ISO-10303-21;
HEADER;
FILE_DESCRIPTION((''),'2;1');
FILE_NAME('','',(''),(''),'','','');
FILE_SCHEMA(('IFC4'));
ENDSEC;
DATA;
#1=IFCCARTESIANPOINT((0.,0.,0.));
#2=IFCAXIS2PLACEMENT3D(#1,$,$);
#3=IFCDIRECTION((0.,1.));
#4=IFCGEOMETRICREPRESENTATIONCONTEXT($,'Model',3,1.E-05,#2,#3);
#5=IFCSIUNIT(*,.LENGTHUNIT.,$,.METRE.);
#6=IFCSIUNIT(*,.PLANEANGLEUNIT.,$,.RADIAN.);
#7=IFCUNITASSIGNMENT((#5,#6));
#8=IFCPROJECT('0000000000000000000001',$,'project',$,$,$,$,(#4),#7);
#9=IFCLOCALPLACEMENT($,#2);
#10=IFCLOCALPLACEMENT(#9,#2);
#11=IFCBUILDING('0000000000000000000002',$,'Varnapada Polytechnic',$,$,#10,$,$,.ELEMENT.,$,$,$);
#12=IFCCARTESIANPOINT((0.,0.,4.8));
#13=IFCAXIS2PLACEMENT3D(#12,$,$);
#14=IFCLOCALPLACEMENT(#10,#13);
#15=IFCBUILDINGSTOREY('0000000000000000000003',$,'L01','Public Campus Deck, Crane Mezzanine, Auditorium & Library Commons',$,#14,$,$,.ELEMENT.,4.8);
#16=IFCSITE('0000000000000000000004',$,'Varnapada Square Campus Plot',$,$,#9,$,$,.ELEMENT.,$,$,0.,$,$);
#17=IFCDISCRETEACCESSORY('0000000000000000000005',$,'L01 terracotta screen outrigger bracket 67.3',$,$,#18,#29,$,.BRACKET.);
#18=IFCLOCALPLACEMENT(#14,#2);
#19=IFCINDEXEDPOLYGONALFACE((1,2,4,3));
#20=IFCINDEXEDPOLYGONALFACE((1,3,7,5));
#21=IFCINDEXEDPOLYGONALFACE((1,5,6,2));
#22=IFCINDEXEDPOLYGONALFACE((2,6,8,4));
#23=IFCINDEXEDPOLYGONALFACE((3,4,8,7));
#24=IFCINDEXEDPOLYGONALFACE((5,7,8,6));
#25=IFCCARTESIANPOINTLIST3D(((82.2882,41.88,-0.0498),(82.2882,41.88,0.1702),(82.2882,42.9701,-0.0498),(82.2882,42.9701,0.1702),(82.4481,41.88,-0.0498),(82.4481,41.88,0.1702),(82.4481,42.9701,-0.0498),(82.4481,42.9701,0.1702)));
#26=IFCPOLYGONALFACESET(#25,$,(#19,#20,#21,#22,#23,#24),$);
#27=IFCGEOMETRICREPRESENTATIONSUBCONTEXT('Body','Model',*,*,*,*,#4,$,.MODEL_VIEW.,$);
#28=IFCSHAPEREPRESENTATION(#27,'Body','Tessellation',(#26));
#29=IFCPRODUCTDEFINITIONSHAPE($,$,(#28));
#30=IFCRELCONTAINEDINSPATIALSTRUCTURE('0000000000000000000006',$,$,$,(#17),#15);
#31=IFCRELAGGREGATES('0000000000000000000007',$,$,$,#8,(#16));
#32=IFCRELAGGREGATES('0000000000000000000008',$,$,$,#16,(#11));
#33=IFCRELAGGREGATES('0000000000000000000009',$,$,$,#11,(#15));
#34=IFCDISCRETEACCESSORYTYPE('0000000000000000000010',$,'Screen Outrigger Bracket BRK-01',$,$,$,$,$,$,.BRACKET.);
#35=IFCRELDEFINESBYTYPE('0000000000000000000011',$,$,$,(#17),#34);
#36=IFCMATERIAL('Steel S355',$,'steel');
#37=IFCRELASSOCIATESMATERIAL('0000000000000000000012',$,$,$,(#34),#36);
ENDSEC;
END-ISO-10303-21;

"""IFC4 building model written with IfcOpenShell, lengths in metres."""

from ifc_helpers import new_model, si_unit, direction, frame, origin, origin_2d, place, context, subcontext, project, spatial, rectangle, extrude, material, type_object, element, save


model = new_model("IFC4")

# Units and contexts
model_context = context("Model", 3, precision=1e-05, world=origin(), true_north=direction((0.0, 1.0)))
body_context = subcontext(model_context, "Body", "Model", "MODEL_VIEW")
ifc_project = project(units=[si_unit("LENGTHUNIT", "METRE"), si_unit("PLANEANGLEUNIT", "RADIAN")], contexts=[model_context])

# Site, building, storey
site_placement = place(None, origin())
site = spatial("IfcSite", under=ifc_project, at=site_placement, Name="Varnapada Square Campus Plot", CompositionType="ELEMENT", RefElevation=0.0)
building_placement = place(site_placement, origin())
building = spatial("IfcBuilding", under=site, at=building_placement, Name="Varnapada Polytechnic", CompositionType="ELEMENT")
storey_placement = place(building_placement, frame((0.0, 0.0, 4.8)))
storey = spatial("IfcBuildingStorey", under=building, at=storey_placement, Name="L01", Description="Public Campus Deck, Crane Mezzanine, Auditorium & Library Commons", CompositionType="ELEMENT", Elevation=4.8)

# Shared definitions
ifc_material_1 = material(Name="Steel S355", Category="steel")

# Discrete accessory
discrete_accessory_type = type_object("IfcDiscreteAccessoryType", Name="Screen Outrigger Bracket BRK-01", PredefinedType="BRACKET", material=ifc_material_1)
discrete_accessory_placement = place(storey_placement, frame((82.3682, 42.425, -0.0498), z_axis=(0.0, 0.0, 1.0), x_axis=(1.0, 0.0, 0.0)))
element("IfcDiscreteAccessory", 1, at=discrete_accessory_placement, inside=storey, type_object=discrete_accessory_type, Name="L01 terracotta screen outrigger bracket 67.3", PredefinedType="BRACKET", context=body_context, shape_type="SweptSolid", body=[
    extrude(rectangle(XDim=0.1599, YDim=1.0901, at=origin_2d()), origin(), (0.0, 0.0, 1.0), 0.22),
])

save(model, "model.ifc")
